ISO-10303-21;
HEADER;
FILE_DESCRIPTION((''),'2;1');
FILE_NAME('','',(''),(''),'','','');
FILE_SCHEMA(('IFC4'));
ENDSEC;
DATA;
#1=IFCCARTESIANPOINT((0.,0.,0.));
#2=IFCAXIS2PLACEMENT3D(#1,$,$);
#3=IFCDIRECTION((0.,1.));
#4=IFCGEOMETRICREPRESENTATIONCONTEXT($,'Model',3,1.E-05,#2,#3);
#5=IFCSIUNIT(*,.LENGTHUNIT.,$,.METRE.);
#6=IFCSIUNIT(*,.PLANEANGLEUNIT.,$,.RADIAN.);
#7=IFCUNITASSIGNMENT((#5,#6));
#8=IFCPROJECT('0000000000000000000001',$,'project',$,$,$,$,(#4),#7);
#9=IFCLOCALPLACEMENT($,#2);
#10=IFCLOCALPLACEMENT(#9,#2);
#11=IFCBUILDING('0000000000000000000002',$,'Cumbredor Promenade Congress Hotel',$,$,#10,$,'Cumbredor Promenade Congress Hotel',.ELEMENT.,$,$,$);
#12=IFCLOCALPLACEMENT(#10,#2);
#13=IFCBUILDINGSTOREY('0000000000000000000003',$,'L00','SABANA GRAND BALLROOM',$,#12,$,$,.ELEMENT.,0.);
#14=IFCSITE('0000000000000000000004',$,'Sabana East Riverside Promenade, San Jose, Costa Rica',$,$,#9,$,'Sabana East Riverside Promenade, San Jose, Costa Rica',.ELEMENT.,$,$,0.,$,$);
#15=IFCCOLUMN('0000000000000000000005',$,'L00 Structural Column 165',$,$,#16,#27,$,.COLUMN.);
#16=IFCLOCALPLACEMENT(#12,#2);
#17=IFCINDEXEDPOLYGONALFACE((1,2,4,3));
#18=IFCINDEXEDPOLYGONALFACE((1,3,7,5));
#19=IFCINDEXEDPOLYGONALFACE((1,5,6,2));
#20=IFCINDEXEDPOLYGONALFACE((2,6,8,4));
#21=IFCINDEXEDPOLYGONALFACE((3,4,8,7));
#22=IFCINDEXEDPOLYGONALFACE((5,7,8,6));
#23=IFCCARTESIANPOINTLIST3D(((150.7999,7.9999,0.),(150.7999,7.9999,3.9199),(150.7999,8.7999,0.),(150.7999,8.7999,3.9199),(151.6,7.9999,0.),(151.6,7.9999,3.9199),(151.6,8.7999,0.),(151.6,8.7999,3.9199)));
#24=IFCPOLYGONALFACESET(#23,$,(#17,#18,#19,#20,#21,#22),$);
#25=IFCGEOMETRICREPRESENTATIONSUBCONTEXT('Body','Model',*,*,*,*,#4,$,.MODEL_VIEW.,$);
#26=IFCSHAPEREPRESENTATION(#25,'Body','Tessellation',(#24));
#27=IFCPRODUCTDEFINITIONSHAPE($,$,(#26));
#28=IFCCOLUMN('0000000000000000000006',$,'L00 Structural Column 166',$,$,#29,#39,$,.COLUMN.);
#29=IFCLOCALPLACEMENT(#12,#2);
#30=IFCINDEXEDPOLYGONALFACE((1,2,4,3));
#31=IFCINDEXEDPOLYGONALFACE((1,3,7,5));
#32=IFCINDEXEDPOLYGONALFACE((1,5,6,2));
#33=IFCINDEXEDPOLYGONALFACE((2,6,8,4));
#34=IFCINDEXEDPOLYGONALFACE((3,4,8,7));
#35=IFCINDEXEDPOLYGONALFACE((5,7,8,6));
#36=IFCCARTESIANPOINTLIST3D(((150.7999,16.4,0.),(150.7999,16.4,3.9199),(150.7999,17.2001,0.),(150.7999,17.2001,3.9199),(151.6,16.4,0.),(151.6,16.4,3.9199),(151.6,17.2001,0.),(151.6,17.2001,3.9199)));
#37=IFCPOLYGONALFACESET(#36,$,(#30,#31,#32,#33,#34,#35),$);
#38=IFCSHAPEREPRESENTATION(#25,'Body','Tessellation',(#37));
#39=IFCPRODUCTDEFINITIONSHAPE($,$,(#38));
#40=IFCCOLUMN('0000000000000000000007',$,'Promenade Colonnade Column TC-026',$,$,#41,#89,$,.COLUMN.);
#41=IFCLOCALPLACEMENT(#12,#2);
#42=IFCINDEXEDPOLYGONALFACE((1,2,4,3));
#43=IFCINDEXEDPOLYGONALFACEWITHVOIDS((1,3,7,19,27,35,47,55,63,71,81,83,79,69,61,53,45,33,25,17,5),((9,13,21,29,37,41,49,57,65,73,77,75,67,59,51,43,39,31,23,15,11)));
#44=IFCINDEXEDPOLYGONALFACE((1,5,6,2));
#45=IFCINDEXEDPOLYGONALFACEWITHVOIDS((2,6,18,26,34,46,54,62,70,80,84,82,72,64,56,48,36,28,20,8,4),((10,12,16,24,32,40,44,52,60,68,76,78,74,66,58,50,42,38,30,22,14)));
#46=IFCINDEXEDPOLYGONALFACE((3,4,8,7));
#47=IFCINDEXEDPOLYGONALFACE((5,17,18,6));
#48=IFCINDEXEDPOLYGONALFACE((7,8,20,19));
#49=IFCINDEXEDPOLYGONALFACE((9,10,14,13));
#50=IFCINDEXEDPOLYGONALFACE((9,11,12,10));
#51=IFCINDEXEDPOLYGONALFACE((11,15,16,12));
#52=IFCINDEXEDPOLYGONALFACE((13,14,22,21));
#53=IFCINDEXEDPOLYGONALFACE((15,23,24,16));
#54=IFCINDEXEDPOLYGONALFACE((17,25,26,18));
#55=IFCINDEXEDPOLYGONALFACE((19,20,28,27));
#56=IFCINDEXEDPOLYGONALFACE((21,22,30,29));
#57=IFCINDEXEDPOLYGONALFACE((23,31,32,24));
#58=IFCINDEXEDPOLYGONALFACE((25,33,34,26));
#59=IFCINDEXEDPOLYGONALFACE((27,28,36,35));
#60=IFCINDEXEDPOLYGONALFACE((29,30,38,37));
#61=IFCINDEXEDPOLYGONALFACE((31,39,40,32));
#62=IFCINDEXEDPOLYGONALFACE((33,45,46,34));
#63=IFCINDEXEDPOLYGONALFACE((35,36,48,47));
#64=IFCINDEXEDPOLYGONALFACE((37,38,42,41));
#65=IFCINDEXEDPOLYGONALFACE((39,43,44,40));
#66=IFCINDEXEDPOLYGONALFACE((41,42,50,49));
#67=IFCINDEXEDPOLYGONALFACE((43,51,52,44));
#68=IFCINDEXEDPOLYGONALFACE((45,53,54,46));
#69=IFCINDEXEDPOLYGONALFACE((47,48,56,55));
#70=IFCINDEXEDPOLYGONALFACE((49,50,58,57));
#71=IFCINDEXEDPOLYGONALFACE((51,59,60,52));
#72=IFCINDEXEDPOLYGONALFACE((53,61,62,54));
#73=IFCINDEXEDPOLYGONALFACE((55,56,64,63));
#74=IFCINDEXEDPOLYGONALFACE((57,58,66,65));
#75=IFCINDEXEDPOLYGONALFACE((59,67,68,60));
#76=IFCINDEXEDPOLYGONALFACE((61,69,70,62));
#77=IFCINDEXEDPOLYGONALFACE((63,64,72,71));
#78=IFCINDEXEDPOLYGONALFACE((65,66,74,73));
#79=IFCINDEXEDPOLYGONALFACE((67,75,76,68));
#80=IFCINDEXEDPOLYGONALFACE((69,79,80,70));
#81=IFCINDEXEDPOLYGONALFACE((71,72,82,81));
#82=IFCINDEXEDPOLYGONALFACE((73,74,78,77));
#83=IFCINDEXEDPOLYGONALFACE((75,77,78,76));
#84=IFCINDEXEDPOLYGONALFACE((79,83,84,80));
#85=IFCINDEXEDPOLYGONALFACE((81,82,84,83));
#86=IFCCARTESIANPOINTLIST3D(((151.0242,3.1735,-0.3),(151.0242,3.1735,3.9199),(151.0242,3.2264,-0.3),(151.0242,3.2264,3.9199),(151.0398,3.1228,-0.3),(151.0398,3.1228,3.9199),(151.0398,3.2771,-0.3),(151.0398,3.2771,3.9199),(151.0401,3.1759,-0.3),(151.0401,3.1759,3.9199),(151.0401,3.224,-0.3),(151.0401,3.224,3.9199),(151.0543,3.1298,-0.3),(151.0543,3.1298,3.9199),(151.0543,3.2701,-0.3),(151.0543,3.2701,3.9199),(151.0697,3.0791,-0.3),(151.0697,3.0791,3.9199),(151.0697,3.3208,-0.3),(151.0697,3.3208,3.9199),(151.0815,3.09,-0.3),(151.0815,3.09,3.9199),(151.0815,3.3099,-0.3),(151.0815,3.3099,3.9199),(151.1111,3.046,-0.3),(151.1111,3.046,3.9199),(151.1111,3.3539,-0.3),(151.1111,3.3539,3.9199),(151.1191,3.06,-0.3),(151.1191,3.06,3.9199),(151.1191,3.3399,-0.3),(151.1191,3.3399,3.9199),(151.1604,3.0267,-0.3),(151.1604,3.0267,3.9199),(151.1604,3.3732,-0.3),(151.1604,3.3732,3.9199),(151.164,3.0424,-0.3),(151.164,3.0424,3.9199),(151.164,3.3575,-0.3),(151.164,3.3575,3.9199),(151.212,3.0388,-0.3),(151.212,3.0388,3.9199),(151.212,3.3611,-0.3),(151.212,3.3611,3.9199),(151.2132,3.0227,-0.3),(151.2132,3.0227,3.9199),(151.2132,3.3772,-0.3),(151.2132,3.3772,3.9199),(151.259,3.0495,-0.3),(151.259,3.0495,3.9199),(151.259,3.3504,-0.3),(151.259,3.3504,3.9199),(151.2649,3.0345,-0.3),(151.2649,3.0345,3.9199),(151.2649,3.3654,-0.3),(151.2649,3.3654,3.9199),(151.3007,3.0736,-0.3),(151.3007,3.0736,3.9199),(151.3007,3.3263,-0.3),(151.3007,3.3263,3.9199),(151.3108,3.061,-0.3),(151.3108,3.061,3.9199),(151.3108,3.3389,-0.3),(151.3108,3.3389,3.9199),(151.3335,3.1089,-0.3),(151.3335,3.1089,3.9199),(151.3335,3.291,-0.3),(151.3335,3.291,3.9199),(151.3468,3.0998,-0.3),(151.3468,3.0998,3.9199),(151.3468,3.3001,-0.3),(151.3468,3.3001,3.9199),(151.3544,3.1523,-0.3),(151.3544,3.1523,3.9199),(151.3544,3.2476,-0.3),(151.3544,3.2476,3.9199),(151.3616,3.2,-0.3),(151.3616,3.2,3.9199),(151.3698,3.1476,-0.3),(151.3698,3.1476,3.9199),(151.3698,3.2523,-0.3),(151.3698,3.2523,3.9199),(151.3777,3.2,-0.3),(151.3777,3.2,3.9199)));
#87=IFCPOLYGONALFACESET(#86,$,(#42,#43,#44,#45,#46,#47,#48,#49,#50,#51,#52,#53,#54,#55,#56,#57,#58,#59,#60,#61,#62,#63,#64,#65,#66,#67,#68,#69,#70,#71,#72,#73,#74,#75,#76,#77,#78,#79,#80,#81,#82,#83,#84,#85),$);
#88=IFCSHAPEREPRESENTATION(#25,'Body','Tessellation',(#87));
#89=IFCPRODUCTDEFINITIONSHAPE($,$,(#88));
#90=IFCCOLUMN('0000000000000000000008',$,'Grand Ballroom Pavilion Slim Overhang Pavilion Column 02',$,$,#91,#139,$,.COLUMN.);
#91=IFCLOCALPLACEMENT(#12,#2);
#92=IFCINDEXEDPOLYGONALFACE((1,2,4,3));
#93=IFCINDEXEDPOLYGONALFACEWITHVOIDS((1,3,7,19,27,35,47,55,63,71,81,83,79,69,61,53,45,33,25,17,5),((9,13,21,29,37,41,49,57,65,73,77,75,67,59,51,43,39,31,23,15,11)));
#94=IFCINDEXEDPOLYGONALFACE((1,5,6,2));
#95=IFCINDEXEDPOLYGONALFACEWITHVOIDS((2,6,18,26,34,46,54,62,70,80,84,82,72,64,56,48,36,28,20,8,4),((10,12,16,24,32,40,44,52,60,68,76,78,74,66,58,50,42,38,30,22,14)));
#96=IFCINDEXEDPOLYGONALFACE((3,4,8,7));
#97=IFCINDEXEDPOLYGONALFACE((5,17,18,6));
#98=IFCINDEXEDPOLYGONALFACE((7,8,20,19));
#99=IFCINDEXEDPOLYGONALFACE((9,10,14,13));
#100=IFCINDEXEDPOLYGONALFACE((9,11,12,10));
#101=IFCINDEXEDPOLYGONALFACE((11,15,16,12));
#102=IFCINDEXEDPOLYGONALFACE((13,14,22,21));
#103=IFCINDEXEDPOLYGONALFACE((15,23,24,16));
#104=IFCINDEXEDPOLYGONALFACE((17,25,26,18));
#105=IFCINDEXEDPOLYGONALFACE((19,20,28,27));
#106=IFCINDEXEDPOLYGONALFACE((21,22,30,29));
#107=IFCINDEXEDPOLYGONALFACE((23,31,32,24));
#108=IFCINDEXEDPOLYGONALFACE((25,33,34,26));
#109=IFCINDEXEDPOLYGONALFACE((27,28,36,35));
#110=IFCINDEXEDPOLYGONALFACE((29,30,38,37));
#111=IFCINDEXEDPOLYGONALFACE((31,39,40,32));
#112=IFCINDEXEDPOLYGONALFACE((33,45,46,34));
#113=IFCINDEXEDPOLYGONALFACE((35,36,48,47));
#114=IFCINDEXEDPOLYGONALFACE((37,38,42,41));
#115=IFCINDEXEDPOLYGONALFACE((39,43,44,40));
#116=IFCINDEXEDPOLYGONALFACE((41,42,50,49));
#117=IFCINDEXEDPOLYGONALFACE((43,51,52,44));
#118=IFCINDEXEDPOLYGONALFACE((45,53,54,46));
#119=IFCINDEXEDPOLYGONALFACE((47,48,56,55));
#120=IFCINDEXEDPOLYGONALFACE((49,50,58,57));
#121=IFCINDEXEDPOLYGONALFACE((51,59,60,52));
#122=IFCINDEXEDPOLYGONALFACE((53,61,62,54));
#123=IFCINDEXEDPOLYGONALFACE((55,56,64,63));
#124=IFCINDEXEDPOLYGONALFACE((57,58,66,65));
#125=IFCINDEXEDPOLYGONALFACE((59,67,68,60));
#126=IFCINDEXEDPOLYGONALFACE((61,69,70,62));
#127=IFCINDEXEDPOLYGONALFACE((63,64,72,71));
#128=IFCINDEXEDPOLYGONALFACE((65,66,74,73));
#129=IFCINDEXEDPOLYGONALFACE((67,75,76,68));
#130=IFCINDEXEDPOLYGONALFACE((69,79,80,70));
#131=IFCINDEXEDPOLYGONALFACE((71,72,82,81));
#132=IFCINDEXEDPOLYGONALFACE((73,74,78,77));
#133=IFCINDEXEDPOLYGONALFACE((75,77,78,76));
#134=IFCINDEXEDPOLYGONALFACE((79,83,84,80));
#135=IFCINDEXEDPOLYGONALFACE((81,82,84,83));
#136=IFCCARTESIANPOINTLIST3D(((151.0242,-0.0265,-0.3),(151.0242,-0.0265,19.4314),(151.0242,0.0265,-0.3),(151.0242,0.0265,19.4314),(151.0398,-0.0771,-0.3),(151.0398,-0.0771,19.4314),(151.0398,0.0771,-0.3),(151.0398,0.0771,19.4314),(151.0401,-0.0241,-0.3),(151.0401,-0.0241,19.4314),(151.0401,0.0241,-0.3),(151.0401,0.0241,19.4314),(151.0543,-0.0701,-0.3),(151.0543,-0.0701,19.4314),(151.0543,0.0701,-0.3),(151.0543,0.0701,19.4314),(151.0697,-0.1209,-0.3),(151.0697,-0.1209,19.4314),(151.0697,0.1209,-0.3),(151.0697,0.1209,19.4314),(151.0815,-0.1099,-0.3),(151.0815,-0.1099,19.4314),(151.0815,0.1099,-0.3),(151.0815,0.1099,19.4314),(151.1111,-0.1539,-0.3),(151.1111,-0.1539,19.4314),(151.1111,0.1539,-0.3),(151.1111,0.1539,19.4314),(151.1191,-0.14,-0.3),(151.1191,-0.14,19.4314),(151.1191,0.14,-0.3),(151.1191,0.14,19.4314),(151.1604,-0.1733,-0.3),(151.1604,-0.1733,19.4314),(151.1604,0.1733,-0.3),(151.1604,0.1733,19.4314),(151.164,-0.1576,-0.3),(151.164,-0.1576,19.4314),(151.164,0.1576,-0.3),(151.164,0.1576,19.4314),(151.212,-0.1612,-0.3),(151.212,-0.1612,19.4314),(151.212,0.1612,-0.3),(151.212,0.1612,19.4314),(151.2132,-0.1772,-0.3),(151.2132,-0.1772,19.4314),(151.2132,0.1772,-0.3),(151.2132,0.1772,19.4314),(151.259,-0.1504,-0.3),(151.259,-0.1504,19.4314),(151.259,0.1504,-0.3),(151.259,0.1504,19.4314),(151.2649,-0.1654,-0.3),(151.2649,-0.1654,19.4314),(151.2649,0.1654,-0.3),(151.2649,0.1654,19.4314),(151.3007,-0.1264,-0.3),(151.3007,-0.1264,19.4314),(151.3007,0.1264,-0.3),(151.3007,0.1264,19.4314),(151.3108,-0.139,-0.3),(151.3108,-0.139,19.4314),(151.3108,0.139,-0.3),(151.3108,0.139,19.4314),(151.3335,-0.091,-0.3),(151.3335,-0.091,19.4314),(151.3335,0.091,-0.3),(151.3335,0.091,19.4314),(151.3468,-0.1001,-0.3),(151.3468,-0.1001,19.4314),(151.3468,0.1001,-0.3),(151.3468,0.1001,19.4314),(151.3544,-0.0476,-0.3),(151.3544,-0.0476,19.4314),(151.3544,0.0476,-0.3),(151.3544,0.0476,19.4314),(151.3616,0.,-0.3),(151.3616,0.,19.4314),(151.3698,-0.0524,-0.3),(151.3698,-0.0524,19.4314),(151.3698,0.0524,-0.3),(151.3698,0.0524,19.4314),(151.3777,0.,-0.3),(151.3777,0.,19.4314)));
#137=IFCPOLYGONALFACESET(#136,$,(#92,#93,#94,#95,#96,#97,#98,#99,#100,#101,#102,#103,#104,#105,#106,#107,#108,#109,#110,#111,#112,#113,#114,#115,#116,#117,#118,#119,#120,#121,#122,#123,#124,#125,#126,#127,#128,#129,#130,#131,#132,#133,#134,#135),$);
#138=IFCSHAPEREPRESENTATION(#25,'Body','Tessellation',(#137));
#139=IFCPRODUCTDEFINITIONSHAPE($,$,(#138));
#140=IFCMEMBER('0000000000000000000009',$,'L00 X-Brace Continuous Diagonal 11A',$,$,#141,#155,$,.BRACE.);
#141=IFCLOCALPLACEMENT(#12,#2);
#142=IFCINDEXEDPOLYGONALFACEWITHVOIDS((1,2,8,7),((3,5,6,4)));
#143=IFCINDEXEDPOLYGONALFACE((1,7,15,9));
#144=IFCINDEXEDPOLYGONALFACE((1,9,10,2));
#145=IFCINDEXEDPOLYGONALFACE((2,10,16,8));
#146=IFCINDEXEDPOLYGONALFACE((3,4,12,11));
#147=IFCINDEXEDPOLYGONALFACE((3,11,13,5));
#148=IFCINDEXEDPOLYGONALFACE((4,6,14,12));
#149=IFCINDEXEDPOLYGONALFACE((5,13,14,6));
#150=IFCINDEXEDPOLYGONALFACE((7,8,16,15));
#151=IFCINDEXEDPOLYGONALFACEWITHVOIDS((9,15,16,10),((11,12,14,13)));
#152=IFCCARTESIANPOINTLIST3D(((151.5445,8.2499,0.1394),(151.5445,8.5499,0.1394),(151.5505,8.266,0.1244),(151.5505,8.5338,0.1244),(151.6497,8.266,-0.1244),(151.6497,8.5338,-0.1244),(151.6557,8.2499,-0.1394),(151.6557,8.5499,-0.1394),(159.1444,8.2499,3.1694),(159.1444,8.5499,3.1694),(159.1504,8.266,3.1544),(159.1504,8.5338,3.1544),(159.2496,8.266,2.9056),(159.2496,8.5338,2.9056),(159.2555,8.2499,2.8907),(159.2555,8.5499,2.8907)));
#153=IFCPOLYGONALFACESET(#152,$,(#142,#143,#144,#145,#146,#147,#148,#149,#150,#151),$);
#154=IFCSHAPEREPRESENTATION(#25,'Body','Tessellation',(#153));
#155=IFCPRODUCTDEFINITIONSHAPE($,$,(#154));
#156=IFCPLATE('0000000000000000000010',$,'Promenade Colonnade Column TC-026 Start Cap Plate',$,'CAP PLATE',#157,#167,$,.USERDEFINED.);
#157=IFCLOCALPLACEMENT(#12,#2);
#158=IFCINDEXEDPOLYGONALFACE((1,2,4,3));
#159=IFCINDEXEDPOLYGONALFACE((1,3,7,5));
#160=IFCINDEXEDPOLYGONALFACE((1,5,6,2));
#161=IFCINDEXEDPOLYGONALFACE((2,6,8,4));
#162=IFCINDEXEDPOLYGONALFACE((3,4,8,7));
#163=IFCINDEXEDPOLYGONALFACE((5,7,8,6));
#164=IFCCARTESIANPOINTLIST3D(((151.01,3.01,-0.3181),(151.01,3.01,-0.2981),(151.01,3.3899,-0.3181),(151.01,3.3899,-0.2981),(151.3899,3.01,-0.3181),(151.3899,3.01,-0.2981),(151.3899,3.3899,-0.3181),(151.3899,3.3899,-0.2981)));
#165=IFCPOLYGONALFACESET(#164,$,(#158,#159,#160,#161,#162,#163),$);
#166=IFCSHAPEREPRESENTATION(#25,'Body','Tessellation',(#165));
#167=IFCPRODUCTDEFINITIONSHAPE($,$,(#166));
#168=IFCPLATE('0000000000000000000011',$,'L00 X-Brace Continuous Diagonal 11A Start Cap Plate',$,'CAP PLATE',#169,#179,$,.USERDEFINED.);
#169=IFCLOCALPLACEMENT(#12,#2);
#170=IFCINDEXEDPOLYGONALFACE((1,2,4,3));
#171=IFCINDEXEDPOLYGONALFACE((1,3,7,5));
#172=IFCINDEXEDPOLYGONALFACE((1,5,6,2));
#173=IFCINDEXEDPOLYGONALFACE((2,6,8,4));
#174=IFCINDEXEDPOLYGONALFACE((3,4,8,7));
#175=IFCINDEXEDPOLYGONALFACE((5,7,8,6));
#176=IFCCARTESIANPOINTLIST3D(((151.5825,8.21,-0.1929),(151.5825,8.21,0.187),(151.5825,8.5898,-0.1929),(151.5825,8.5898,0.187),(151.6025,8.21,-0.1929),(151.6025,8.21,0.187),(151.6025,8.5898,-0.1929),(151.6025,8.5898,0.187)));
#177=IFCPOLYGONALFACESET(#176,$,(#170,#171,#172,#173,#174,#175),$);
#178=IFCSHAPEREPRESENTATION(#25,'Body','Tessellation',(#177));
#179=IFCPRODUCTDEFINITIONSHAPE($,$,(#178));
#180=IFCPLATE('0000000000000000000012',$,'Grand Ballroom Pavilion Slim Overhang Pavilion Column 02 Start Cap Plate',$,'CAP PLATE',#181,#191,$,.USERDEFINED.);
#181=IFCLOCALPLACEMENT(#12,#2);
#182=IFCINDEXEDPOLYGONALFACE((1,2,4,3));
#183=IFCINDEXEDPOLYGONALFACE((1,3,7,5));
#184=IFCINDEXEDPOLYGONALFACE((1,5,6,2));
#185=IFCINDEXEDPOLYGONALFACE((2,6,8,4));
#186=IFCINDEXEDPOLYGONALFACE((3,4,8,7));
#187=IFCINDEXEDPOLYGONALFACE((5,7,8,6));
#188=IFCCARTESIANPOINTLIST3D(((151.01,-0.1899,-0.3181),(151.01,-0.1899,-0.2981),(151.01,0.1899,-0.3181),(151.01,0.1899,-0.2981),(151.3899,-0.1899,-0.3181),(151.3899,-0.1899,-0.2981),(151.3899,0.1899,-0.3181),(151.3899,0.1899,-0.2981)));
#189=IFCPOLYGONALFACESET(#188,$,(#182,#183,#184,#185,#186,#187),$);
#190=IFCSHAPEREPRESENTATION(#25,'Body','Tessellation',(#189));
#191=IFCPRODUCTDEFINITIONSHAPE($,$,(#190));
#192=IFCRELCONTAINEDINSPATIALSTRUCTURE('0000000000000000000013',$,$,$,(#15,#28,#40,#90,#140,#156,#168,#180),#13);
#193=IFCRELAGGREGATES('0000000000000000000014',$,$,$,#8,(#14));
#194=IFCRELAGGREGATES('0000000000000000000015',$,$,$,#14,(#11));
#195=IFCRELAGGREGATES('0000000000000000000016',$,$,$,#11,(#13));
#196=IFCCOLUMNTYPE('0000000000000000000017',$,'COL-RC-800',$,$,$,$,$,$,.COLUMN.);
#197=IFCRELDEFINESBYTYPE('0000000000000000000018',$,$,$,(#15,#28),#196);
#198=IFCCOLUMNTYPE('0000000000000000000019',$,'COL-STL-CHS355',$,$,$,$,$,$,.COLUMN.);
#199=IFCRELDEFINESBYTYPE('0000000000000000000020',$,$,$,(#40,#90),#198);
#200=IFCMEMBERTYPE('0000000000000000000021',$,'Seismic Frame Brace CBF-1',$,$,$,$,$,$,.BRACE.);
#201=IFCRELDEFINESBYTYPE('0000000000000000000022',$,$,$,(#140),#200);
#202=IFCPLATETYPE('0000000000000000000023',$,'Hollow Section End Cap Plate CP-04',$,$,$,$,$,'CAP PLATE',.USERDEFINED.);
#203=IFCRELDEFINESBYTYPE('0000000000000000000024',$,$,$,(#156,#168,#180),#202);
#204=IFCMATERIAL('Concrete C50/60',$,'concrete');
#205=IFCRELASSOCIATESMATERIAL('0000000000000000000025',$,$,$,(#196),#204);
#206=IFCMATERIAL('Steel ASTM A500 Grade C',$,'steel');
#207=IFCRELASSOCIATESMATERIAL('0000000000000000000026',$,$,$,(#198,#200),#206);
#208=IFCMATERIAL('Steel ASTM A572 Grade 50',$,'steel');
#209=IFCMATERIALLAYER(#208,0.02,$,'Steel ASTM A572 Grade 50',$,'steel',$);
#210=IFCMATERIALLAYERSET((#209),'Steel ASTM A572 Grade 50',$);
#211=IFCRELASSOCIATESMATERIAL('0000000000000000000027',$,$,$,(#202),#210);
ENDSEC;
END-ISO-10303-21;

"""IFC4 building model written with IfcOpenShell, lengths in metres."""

from ifc_helpers import new_model, si_unit, direction, frame, origin, origin_2d, place, context, subcontext, project, spatial, rectangle, hollow_rectangle, hollow_circle, extrude, material, layer, layer_set, material_profile, profile_set, type_object, element, save


model = new_model("IFC4")

# Units and contexts
model_context = context("Model", 3, precision=1e-05, world=origin(), true_north=direction((0.0, 1.0)))
body_context = subcontext(model_context, "Body", "Model", "MODEL_VIEW")
ifc_project = project(units=[si_unit("LENGTHUNIT", "METRE"), si_unit("PLANEANGLEUNIT", "RADIAN")], contexts=[model_context])

# Site, building, storey
site_placement = place(None, origin())
site = spatial("IfcSite", under=ifc_project, at=site_placement, Name="Sabana East Riverside Promenade, San Jose, Costa Rica", LongName="Sabana East Riverside Promenade, San Jose, Costa Rica", CompositionType="ELEMENT", RefElevation=0.0)
building_placement = place(site_placement, origin())
building = spatial("IfcBuilding", under=site, at=building_placement, Name="Cumbredor Promenade Congress Hotel", LongName="Cumbredor Promenade Congress Hotel", CompositionType="ELEMENT")
storey_placement = place(building_placement, origin())
storey = spatial("IfcBuildingStorey", under=building, at=storey_placement, Name="L00", Description="SABANA GRAND BALLROOM", CompositionType="ELEMENT", Elevation=0.0)

# Columns
ifc_material_1 = material(Name="Concrete C50/60", Category="concrete")
ifc_material_profile_1 = material_profile(ifc_material_1, rectangle(XDim=0.8, YDim=0.8, at=origin_2d()), Name="RC 800x800")
ifc_profile_set_1 = profile_set([ifc_material_profile_1], Name="Concrete C50/60")
column_type_1 = type_object("IfcColumnType", Name="COL-RC-800", PredefinedType="COLUMN", material=ifc_profile_set_1)
for number, where, z_axis, x_axis, name in (
    (1, (151.2, 8.3999, 0.0), (0.0, 0.0, 1.0), (1.0, 0.0, 0.0), "L00 Structural Column 165"),
    (2, (151.2, 16.8, 0.0), (0.0, 0.0, 1.0), (1.0, 0.0, 0.0), "L00 Structural Column 166"),
):
    element("IfcColumn", number, at=place(storey_placement, frame(where, z_axis=z_axis, x_axis=x_axis)), inside=storey, type_object=column_type_1, Name=name, PredefinedType="COLUMN", context=body_context, shape_type="SweptSolid", body=[
        extrude(rectangle(XDim=0.8, YDim=0.8, at=origin_2d()), origin(), (0.0, 0.0, 1.0), 3.9199),
    ])
ifc_material_2 = material(Name="Steel ASTM A500 Grade C", Category="steel")
ifc_material_profile_2 = material_profile(ifc_material_2, hollow_circle(Radius=0.1777, WallThickness=0.0161, at=origin_2d()), Name="CHS 355.6x16")
ifc_profile_set_2 = profile_set([ifc_material_profile_2], Name="Steel ASTM A500 Grade C")
column_type_2 = type_object("IfcColumnType", Name="COL-STL-CHS355", PredefinedType="COLUMN", material=ifc_profile_set_2)
column_1_placement = place(storey_placement, frame((151.2, 3.2, -0.3), z_axis=(0.0, 0.0, 1.0), x_axis=(1.0, 0.0, 0.0)))
element("IfcColumn", 3, at=column_1_placement, inside=storey, type_object=column_type_2, Name="Promenade Colonnade Column TC-026", PredefinedType="COLUMN", context=body_context, shape_type="SweptSolid", body=[
    extrude(hollow_circle(Radius=0.1777, WallThickness=0.0161, at=origin_2d()), origin(), (0.0, 0.0, 1.0), 4.22),
])
column_2_placement = place(storey_placement, frame((151.2, 0.0, -0.3), z_axis=(0.0, 0.0, 1.0), x_axis=(1.0, 0.0, 0.0)))
element("IfcColumn", 4, at=column_2_placement, inside=storey, type_object=column_type_2, Name="Grand Ballroom Pavilion Slim Overhang Pavilion Column 02", PredefinedType="COLUMN", context=body_context, shape_type="SweptSolid", body=[
    extrude(hollow_circle(Radius=0.1777, WallThickness=0.0161, at=origin_2d()), origin(), (0.0, 0.0, 1.0), 19.7314),
])

# Member
ifc_material_profile_3 = material_profile(ifc_material_2, hollow_rectangle(XDim=0.3, YDim=0.3, WallThickness=0.0161, at=origin_2d()), Name="HSS 300x300x16")
ifc_profile_set_3 = profile_set([ifc_material_profile_3], Name="Steel ASTM A500 Grade C")
member_type = type_object("IfcMemberType", Name="Seismic Frame Brace CBF-1", PredefinedType="BRACE", material=ifc_profile_set_3)
member_placement = place(storey_placement, frame((151.6001, 8.3999, 0.0), z_axis=(0.928894, 0.0, 0.370346), x_axis=(0.0, 1.0, 0.0)))
element("IfcMember", 5, at=member_placement, inside=storey, type_object=member_type, Name="L00 X-Brace Continuous Diagonal 11A", PredefinedType="BRACE", context=body_context, shape_type="SweptSolid", body=[
    extrude(hollow_rectangle(XDim=0.3, YDim=0.3, WallThickness=0.0161, at=origin_2d()), origin(), (0.0, 0.0, 1.0), 8.1816),
])

# Plates
ifc_material_3 = material(Name="Steel ASTM A572 Grade 50", Category="steel")
ifc_layer_1 = layer(ifc_material_3, 0.02, Name="Steel ASTM A572 Grade 50", Category="steel")
ifc_layer_set_1 = layer_set([ifc_layer_1], Name="Steel ASTM A572 Grade 50")
plate_type_1 = type_object("IfcPlateType", Name="Hollow Section End Cap Plate CP-04", ElementType="CAP PLATE", PredefinedType="USERDEFINED", material=ifc_layer_set_1)
plate_1_placement = place(storey_placement, frame((151.2, 3.2, -0.3181), z_axis=(0.0, 0.0, 1.0), x_axis=(1.0, 0.0, 0.0)))
element("IfcPlate", 6, at=plate_1_placement, inside=storey, type_object=plate_type_1, Name="Promenade Colonnade Column TC-026 Start Cap Plate", ObjectType="CAP PLATE", PredefinedType="USERDEFINED", context=body_context, shape_type="SweptSolid", body=[
    extrude(rectangle(XDim=0.3799, YDim=0.3799, at=origin_2d()), origin(), (0.0, 0.0, 1.0), 0.02),
])
plate_2_placement = place(storey_placement, frame((151.5925, 8.3999, -0.1929), z_axis=(0.0, 0.0, 1.0), x_axis=(1.0, 0.0, 0.0)))
element("IfcPlate", 7, at=plate_2_placement, inside=storey, type_object=plate_type_1, Name="L00 X-Brace Continuous Diagonal 11A Start Cap Plate", ObjectType="CAP PLATE", PredefinedType="USERDEFINED", context=body_context, shape_type="SweptSolid", body=[
    extrude(rectangle(XDim=0.02, YDim=0.3799, at=origin_2d()), origin(), (0.0, 0.0, 1.0), 0.3799),
])
plate_3_placement = place(storey_placement, frame((151.2, 0.0, -0.3181), z_axis=(0.0, 0.0, 1.0), x_axis=(1.0, 0.0, 0.0)))
element("IfcPlate", 8, at=plate_3_placement, inside=storey, type_object=plate_type_1, Name="Grand Ballroom Pavilion Slim Overhang Pavilion Column 02 Start Cap Plate", ObjectType="CAP PLATE", PredefinedType="USERDEFINED", context=body_context, shape_type="SweptSolid", body=[
    extrude(rectangle(XDim=0.3799, YDim=0.3799, at=origin_2d()), origin(), (0.0, 0.0, 1.0), 0.02),
])

save(model, "model.ifc")
